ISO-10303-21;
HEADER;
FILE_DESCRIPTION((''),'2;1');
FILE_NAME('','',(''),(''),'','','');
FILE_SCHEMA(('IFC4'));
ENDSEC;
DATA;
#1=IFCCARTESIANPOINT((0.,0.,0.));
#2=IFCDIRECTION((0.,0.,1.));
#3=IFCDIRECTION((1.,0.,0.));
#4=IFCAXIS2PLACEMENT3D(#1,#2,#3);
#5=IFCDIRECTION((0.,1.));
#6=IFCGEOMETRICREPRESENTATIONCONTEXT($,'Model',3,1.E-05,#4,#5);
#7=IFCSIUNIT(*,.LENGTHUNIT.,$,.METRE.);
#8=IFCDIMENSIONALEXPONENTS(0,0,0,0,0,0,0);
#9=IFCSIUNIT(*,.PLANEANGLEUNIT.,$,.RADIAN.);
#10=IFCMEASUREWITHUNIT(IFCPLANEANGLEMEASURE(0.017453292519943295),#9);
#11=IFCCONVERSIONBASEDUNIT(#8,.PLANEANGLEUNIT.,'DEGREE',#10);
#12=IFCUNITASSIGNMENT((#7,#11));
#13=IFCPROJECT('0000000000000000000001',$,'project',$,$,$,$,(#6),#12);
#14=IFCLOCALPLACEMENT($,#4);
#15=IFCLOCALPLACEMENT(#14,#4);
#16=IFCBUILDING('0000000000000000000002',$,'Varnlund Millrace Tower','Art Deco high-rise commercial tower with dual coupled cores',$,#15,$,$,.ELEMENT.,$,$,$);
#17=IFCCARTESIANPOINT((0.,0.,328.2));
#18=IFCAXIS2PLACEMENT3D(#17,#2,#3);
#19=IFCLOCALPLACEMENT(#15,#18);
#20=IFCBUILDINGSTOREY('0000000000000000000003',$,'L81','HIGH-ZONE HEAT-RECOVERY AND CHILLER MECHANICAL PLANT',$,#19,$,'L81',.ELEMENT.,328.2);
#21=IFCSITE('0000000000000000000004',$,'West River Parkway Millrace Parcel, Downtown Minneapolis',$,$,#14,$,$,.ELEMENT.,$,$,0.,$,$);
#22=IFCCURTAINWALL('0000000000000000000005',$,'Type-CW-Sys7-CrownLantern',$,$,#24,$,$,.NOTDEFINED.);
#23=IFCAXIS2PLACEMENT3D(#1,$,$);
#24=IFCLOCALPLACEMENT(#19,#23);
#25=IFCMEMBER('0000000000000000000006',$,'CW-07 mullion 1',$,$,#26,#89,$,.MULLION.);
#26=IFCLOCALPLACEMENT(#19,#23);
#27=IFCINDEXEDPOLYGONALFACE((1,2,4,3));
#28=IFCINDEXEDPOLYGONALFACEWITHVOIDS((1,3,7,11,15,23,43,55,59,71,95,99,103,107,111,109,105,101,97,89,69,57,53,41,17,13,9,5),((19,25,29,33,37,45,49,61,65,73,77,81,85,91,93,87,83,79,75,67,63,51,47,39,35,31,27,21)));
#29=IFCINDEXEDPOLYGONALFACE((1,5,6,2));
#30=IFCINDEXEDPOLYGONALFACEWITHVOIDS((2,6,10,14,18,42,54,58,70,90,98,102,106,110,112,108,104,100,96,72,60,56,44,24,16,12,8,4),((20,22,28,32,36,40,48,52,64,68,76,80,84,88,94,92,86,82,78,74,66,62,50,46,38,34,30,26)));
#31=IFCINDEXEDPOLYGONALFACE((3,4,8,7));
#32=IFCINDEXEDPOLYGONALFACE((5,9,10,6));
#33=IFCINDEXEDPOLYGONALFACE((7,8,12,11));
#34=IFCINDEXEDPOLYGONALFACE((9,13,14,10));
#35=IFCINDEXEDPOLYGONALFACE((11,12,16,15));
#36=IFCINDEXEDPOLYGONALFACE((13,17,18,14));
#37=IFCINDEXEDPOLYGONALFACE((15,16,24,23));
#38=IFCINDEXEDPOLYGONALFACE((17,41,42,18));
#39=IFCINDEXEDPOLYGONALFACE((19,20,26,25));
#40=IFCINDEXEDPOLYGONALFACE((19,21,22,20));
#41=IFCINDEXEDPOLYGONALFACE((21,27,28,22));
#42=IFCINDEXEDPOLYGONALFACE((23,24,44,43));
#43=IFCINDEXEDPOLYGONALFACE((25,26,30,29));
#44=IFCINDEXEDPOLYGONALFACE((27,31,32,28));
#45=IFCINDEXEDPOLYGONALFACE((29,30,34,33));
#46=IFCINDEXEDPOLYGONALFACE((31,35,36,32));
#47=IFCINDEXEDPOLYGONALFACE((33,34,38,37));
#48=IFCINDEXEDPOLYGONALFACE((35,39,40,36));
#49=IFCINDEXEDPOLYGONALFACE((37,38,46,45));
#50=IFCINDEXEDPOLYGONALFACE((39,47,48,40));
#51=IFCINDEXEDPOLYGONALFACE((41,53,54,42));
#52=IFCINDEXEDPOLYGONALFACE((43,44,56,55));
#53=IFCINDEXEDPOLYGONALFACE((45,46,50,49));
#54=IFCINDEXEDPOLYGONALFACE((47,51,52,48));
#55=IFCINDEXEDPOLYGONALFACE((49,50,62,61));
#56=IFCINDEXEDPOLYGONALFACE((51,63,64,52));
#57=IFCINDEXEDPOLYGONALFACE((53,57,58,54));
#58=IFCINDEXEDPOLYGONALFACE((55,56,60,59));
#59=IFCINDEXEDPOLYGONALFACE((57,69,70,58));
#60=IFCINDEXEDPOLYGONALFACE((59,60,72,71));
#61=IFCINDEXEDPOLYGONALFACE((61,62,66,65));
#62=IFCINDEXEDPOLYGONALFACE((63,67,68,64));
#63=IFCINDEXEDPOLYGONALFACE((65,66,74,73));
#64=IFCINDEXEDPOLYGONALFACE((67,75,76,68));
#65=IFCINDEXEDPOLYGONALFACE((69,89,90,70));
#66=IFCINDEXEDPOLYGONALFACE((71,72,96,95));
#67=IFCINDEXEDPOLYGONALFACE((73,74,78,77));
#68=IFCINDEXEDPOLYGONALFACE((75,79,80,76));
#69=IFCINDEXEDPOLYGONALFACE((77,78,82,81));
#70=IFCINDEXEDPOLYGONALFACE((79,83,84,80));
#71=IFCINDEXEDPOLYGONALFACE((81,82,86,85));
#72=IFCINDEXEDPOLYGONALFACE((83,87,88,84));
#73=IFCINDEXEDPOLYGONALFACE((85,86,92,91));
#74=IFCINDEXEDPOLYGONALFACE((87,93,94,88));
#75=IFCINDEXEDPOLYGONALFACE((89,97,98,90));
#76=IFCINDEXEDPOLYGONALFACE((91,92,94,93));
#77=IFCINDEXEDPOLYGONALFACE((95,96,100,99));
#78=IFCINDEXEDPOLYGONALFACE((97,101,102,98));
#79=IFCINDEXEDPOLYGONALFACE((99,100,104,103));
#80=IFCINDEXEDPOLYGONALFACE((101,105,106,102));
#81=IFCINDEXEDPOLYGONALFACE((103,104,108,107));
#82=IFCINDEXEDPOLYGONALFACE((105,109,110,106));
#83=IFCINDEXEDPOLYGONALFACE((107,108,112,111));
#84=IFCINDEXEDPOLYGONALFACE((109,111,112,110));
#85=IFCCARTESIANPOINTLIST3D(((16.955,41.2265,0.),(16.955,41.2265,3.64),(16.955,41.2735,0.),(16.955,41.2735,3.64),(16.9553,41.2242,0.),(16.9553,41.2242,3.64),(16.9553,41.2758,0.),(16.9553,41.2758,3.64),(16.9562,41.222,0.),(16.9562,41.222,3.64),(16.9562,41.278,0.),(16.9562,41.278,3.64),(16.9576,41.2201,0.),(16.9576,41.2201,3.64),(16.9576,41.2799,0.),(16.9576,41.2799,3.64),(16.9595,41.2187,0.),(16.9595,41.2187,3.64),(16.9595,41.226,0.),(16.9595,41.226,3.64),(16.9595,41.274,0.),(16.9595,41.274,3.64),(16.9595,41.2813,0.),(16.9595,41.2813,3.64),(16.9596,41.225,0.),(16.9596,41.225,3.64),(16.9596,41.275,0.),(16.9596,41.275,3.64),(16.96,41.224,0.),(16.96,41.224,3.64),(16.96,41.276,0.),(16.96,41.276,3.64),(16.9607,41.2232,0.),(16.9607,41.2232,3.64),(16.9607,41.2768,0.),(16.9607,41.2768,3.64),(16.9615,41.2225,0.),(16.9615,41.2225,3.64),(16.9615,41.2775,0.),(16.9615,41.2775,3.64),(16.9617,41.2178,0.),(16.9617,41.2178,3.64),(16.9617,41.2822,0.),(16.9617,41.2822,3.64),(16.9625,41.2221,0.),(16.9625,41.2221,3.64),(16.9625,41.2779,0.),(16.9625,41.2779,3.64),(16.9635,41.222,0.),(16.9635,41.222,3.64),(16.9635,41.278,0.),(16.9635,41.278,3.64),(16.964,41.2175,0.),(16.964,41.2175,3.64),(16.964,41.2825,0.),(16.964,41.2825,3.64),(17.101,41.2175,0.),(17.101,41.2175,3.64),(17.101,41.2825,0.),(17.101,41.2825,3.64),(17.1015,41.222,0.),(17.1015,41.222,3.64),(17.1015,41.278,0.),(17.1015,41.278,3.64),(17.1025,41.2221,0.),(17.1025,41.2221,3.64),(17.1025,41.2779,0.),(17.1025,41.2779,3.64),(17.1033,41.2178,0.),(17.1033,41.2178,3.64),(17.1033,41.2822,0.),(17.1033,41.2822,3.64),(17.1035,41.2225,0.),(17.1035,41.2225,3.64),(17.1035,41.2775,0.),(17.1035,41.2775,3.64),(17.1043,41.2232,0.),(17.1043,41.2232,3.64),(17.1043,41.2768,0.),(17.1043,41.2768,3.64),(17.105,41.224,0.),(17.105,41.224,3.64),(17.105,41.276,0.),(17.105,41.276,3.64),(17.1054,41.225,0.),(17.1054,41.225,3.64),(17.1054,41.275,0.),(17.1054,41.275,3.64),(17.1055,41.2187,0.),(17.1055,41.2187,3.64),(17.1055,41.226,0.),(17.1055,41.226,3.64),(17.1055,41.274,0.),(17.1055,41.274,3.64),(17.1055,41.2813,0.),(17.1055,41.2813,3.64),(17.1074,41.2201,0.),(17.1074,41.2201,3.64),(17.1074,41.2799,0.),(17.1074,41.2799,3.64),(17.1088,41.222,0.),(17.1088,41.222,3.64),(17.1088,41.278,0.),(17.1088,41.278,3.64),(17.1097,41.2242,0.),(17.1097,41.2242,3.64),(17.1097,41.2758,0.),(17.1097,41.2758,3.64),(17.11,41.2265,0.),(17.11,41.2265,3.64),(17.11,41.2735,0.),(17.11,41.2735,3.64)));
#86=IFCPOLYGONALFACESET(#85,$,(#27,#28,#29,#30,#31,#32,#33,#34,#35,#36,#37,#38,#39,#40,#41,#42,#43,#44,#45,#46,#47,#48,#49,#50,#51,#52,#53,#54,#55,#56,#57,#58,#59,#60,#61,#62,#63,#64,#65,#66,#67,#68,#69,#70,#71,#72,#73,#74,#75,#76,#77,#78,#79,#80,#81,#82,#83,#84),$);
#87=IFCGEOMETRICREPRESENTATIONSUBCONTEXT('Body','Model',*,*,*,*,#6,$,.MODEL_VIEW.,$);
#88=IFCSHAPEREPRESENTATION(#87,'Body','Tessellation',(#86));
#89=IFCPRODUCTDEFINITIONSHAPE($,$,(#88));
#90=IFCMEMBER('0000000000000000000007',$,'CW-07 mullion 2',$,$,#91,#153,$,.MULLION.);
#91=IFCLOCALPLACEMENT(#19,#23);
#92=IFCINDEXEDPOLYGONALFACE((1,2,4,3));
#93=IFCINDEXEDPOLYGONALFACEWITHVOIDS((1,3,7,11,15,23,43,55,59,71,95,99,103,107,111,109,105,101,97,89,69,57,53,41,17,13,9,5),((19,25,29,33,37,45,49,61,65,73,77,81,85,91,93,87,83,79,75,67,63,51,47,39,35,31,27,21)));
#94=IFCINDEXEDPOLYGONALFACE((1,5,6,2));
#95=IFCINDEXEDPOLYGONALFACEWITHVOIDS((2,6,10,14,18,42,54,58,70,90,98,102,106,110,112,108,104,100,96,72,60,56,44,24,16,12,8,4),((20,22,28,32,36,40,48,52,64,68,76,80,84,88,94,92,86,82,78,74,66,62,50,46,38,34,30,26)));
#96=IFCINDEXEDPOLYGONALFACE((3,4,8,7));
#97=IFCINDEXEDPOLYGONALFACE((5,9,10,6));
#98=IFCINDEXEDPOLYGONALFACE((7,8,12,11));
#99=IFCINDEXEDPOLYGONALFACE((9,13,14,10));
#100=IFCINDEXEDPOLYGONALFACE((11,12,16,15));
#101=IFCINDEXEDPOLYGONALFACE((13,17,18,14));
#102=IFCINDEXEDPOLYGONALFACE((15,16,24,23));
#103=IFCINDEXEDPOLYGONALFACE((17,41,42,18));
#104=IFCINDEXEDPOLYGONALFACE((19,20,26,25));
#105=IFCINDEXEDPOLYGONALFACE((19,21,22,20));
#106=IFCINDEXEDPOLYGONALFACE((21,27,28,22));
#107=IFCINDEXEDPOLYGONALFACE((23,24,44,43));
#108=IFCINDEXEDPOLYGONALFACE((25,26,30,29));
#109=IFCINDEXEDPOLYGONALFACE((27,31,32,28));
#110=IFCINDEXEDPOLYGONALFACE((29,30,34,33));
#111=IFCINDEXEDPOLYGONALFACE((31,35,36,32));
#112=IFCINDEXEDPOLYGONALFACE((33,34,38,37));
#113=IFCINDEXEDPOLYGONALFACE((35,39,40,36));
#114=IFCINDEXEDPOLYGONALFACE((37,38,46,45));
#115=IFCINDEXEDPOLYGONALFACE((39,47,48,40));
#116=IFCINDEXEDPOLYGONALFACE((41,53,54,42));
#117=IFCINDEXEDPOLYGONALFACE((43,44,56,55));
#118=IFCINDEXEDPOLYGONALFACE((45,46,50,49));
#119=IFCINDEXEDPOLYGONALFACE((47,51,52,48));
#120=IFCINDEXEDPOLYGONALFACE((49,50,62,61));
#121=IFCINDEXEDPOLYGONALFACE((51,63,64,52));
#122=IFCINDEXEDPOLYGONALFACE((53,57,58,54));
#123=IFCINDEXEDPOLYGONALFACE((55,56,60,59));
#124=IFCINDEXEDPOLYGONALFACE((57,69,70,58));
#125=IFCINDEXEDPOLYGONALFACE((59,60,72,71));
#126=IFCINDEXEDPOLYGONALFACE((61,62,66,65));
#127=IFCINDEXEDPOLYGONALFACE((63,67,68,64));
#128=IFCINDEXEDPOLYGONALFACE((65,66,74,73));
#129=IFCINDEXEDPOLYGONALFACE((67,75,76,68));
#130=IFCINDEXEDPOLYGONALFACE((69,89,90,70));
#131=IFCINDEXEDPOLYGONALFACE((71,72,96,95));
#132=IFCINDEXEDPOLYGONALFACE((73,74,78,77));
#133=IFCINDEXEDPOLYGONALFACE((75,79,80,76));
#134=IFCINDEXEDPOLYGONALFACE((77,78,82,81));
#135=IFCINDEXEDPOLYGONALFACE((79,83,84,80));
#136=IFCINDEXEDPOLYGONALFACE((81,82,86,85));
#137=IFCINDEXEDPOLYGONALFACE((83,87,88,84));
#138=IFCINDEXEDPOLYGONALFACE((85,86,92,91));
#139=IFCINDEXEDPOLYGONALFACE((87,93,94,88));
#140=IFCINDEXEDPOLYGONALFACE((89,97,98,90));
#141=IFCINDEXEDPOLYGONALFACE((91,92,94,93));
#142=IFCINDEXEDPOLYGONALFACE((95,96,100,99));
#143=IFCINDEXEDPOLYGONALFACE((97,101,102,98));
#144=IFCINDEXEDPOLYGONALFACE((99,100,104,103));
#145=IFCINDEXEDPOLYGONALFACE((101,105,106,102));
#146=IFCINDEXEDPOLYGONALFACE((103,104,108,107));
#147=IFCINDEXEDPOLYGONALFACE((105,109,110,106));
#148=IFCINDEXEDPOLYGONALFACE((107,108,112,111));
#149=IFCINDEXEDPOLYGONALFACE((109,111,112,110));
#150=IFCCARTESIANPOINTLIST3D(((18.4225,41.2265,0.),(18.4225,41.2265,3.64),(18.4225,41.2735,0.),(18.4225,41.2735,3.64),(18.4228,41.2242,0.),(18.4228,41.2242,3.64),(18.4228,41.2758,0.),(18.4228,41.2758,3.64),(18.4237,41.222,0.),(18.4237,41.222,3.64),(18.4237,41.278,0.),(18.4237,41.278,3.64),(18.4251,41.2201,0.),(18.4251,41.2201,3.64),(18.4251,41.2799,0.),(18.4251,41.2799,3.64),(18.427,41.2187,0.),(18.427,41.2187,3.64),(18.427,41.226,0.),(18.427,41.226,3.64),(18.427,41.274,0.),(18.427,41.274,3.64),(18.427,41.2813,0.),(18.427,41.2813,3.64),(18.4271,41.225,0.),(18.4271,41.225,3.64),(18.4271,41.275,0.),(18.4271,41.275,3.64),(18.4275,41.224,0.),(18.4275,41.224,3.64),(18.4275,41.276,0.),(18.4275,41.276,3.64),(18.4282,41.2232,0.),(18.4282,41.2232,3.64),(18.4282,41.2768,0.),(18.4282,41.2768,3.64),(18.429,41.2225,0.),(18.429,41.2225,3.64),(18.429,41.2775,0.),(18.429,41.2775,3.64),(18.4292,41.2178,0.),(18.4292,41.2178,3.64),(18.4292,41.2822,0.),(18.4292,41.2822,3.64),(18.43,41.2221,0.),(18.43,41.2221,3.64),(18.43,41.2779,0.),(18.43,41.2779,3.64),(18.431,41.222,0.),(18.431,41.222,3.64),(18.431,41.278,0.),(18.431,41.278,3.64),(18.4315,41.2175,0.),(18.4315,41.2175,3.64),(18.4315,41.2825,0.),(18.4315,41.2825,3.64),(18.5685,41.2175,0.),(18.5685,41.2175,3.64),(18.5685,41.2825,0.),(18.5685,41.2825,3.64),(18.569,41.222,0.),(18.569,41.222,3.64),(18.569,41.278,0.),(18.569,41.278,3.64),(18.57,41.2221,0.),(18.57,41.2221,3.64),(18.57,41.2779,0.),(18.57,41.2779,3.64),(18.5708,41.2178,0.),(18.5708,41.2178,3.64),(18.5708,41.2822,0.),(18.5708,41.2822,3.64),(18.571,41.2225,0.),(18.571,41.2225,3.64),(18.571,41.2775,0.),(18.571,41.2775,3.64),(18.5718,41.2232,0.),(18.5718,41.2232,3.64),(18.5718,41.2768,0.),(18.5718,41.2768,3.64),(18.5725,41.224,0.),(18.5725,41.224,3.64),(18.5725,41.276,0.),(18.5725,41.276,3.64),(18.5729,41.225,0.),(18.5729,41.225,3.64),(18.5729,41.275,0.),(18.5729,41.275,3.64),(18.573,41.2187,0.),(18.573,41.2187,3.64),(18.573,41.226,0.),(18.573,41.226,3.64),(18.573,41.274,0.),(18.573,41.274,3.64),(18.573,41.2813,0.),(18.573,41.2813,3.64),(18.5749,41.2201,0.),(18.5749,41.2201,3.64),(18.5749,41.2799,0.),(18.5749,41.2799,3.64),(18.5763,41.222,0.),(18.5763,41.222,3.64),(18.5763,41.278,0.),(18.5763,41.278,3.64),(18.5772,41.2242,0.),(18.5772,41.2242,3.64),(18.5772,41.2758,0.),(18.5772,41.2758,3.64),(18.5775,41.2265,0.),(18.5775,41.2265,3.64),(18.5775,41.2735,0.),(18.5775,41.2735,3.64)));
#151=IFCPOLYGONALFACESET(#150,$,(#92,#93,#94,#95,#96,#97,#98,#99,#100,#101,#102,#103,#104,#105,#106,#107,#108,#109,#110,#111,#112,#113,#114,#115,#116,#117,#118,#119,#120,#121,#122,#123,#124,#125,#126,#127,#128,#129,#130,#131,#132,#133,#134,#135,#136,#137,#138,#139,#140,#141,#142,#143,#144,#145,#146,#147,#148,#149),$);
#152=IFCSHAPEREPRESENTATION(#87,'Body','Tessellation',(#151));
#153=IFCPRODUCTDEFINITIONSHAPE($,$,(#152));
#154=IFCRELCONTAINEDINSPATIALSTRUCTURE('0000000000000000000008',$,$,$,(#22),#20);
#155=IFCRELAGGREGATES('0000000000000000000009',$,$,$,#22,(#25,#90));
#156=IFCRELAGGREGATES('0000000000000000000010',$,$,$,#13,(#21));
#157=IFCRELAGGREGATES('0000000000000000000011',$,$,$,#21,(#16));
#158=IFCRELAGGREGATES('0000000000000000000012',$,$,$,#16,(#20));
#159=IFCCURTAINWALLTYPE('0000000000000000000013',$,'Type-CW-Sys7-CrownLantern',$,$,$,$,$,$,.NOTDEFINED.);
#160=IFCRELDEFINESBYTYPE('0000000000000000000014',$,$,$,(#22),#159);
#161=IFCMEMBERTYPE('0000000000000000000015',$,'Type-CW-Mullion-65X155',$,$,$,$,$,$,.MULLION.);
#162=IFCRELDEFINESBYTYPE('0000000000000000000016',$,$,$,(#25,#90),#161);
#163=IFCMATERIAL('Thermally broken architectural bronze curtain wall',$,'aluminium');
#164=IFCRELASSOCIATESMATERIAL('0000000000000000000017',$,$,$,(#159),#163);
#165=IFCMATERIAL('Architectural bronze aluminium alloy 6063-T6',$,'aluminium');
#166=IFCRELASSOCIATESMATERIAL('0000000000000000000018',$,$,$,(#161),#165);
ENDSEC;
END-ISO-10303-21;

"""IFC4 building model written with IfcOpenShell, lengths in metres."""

from ifc_helpers import new_model, entity, si_unit, converted_unit, direction, frame, origin_with_axes, origin_2d_with_axis, place, context, subcontext, project, spatial, hollow_rectangle, extrude, material, material_profile, profile_set, type_object, element, aggregate, save


model = new_model("IFC4")

# Units and contexts
model_context = context("Model", 3, precision=1e-05, world=origin_with_axes(), true_north=direction((0.0, 1.0)))
body_context = subcontext(model_context, "Body", "Model", "MODEL_VIEW")
ifc_project = project(units=[si_unit("LENGTHUNIT", "METRE"), converted_unit("PLANEANGLEUNIT", "DEGREE", entity("IfcPlaneAngleMeasure", 0.017453292519943295), si_unit("PLANEANGLEUNIT", "RADIAN"), dimensions=[0, 0, 0, 0, 0, 0, 0])], contexts=[model_context])

# Site, building, storey
site_placement = place(None, origin_with_axes())
site = spatial("IfcSite", under=ifc_project, at=site_placement, Name="West River Parkway Millrace Parcel, Downtown Minneapolis", CompositionType="ELEMENT", RefElevation=0.0)
building_placement = place(site_placement, origin_with_axes())
building = spatial("IfcBuilding", under=site, at=building_placement, Name="Varnlund Millrace Tower", Description="Art Deco high-rise commercial tower with dual coupled cores", CompositionType="ELEMENT")
storey_placement = place(building_placement, frame((0.0, 0.0, 328.2), z_axis=(0.0, 0.0, 1.0), x_axis=(1.0, 0.0, 0.0)))
storey = spatial("IfcBuildingStorey", under=building, at=storey_placement, Name="L81", Description="HIGH-ZONE HEAT-RECOVERY AND CHILLER MECHANICAL PLANT", LongName="L81", CompositionType="ELEMENT", Elevation=328.2)

# Curtain wall, members
ifc_material_1 = material(Name="Thermally broken architectural bronze curtain wall", Category="aluminium")
curtain_wall_type = type_object("IfcCurtainWallType", Name="Type-CW-Sys7-CrownLantern", PredefinedType="NOTDEFINED", material=ifc_material_1)
ifc_material_2 = material(Name="Architectural bronze aluminium alloy 6063-T6", Category="aluminium")
ifc_material_profile_1 = material_profile(ifc_material_2, hollow_rectangle(XDim=0.065, YDim=0.155, WallThickness=0.0045, InnerFilletRadius=0.004, OuterFilletRadius=0.009, at=origin_2d_with_axis()), Name="Architectural bronze aluminium alloy 6063-T6")
ifc_profile_set_1 = profile_set([ifc_material_profile_1], Name="Architectural bronze aluminium alloy 6063-T6")
member_type = type_object("IfcMemberType", Name="Type-CW-Mullion-65X155", PredefinedType="MULLION", material=ifc_profile_set_1)
curtain_wall_1_placement = place(storey_placement, frame((17.0, 41.25, 0.0), z_axis=(0.0, 0.0, 1.0), x_axis=(1.0, 0.0, 0.0)))
curtain_wall_1 = element("IfcCurtainWall", 1, at=curtain_wall_1_placement, inside=storey, type_object=curtain_wall_type, Name="Type-CW-Sys7-CrownLantern", PredefinedType="NOTDEFINED")
member_1_placement = place(storey_placement, frame((17.0325, 41.25, 0.0), z_axis=(0.0, 0.0, 1.0), x_axis=(0.0, 1.0, 0.0)))
member_1 = element("IfcMember", 2, at=member_1_placement, type_object=member_type, Name="CW-07 mullion 1", PredefinedType="MULLION", context=body_context, shape_type="SweptSolid", body=[
    extrude(hollow_rectangle(XDim=0.065, YDim=0.155, WallThickness=0.0045, InnerFilletRadius=0.004, OuterFilletRadius=0.009, at=origin_2d_with_axis()), origin_with_axes(), (0.0, 0.0, 1.0), 3.64),
])
member_2_placement = place(storey_placement, frame((18.5, 41.25, 0.0), z_axis=(0.0, 0.0, 1.0), x_axis=(0.0, 1.0, 0.0)))
member_2 = element("IfcMember", 3, at=member_2_placement, type_object=member_type, Name="CW-07 mullion 2", PredefinedType="MULLION", context=body_context, shape_type="SweptSolid", body=[
    extrude(hollow_rectangle(XDim=0.065, YDim=0.155, WallThickness=0.0045, InnerFilletRadius=0.004, OuterFilletRadius=0.009, at=origin_2d_with_axis()), origin_with_axes(), (0.0, 0.0, 1.0), 3.64),
])
aggregate(curtain_wall_1, [member_1, member_2])

save(model, "model.ifc")
